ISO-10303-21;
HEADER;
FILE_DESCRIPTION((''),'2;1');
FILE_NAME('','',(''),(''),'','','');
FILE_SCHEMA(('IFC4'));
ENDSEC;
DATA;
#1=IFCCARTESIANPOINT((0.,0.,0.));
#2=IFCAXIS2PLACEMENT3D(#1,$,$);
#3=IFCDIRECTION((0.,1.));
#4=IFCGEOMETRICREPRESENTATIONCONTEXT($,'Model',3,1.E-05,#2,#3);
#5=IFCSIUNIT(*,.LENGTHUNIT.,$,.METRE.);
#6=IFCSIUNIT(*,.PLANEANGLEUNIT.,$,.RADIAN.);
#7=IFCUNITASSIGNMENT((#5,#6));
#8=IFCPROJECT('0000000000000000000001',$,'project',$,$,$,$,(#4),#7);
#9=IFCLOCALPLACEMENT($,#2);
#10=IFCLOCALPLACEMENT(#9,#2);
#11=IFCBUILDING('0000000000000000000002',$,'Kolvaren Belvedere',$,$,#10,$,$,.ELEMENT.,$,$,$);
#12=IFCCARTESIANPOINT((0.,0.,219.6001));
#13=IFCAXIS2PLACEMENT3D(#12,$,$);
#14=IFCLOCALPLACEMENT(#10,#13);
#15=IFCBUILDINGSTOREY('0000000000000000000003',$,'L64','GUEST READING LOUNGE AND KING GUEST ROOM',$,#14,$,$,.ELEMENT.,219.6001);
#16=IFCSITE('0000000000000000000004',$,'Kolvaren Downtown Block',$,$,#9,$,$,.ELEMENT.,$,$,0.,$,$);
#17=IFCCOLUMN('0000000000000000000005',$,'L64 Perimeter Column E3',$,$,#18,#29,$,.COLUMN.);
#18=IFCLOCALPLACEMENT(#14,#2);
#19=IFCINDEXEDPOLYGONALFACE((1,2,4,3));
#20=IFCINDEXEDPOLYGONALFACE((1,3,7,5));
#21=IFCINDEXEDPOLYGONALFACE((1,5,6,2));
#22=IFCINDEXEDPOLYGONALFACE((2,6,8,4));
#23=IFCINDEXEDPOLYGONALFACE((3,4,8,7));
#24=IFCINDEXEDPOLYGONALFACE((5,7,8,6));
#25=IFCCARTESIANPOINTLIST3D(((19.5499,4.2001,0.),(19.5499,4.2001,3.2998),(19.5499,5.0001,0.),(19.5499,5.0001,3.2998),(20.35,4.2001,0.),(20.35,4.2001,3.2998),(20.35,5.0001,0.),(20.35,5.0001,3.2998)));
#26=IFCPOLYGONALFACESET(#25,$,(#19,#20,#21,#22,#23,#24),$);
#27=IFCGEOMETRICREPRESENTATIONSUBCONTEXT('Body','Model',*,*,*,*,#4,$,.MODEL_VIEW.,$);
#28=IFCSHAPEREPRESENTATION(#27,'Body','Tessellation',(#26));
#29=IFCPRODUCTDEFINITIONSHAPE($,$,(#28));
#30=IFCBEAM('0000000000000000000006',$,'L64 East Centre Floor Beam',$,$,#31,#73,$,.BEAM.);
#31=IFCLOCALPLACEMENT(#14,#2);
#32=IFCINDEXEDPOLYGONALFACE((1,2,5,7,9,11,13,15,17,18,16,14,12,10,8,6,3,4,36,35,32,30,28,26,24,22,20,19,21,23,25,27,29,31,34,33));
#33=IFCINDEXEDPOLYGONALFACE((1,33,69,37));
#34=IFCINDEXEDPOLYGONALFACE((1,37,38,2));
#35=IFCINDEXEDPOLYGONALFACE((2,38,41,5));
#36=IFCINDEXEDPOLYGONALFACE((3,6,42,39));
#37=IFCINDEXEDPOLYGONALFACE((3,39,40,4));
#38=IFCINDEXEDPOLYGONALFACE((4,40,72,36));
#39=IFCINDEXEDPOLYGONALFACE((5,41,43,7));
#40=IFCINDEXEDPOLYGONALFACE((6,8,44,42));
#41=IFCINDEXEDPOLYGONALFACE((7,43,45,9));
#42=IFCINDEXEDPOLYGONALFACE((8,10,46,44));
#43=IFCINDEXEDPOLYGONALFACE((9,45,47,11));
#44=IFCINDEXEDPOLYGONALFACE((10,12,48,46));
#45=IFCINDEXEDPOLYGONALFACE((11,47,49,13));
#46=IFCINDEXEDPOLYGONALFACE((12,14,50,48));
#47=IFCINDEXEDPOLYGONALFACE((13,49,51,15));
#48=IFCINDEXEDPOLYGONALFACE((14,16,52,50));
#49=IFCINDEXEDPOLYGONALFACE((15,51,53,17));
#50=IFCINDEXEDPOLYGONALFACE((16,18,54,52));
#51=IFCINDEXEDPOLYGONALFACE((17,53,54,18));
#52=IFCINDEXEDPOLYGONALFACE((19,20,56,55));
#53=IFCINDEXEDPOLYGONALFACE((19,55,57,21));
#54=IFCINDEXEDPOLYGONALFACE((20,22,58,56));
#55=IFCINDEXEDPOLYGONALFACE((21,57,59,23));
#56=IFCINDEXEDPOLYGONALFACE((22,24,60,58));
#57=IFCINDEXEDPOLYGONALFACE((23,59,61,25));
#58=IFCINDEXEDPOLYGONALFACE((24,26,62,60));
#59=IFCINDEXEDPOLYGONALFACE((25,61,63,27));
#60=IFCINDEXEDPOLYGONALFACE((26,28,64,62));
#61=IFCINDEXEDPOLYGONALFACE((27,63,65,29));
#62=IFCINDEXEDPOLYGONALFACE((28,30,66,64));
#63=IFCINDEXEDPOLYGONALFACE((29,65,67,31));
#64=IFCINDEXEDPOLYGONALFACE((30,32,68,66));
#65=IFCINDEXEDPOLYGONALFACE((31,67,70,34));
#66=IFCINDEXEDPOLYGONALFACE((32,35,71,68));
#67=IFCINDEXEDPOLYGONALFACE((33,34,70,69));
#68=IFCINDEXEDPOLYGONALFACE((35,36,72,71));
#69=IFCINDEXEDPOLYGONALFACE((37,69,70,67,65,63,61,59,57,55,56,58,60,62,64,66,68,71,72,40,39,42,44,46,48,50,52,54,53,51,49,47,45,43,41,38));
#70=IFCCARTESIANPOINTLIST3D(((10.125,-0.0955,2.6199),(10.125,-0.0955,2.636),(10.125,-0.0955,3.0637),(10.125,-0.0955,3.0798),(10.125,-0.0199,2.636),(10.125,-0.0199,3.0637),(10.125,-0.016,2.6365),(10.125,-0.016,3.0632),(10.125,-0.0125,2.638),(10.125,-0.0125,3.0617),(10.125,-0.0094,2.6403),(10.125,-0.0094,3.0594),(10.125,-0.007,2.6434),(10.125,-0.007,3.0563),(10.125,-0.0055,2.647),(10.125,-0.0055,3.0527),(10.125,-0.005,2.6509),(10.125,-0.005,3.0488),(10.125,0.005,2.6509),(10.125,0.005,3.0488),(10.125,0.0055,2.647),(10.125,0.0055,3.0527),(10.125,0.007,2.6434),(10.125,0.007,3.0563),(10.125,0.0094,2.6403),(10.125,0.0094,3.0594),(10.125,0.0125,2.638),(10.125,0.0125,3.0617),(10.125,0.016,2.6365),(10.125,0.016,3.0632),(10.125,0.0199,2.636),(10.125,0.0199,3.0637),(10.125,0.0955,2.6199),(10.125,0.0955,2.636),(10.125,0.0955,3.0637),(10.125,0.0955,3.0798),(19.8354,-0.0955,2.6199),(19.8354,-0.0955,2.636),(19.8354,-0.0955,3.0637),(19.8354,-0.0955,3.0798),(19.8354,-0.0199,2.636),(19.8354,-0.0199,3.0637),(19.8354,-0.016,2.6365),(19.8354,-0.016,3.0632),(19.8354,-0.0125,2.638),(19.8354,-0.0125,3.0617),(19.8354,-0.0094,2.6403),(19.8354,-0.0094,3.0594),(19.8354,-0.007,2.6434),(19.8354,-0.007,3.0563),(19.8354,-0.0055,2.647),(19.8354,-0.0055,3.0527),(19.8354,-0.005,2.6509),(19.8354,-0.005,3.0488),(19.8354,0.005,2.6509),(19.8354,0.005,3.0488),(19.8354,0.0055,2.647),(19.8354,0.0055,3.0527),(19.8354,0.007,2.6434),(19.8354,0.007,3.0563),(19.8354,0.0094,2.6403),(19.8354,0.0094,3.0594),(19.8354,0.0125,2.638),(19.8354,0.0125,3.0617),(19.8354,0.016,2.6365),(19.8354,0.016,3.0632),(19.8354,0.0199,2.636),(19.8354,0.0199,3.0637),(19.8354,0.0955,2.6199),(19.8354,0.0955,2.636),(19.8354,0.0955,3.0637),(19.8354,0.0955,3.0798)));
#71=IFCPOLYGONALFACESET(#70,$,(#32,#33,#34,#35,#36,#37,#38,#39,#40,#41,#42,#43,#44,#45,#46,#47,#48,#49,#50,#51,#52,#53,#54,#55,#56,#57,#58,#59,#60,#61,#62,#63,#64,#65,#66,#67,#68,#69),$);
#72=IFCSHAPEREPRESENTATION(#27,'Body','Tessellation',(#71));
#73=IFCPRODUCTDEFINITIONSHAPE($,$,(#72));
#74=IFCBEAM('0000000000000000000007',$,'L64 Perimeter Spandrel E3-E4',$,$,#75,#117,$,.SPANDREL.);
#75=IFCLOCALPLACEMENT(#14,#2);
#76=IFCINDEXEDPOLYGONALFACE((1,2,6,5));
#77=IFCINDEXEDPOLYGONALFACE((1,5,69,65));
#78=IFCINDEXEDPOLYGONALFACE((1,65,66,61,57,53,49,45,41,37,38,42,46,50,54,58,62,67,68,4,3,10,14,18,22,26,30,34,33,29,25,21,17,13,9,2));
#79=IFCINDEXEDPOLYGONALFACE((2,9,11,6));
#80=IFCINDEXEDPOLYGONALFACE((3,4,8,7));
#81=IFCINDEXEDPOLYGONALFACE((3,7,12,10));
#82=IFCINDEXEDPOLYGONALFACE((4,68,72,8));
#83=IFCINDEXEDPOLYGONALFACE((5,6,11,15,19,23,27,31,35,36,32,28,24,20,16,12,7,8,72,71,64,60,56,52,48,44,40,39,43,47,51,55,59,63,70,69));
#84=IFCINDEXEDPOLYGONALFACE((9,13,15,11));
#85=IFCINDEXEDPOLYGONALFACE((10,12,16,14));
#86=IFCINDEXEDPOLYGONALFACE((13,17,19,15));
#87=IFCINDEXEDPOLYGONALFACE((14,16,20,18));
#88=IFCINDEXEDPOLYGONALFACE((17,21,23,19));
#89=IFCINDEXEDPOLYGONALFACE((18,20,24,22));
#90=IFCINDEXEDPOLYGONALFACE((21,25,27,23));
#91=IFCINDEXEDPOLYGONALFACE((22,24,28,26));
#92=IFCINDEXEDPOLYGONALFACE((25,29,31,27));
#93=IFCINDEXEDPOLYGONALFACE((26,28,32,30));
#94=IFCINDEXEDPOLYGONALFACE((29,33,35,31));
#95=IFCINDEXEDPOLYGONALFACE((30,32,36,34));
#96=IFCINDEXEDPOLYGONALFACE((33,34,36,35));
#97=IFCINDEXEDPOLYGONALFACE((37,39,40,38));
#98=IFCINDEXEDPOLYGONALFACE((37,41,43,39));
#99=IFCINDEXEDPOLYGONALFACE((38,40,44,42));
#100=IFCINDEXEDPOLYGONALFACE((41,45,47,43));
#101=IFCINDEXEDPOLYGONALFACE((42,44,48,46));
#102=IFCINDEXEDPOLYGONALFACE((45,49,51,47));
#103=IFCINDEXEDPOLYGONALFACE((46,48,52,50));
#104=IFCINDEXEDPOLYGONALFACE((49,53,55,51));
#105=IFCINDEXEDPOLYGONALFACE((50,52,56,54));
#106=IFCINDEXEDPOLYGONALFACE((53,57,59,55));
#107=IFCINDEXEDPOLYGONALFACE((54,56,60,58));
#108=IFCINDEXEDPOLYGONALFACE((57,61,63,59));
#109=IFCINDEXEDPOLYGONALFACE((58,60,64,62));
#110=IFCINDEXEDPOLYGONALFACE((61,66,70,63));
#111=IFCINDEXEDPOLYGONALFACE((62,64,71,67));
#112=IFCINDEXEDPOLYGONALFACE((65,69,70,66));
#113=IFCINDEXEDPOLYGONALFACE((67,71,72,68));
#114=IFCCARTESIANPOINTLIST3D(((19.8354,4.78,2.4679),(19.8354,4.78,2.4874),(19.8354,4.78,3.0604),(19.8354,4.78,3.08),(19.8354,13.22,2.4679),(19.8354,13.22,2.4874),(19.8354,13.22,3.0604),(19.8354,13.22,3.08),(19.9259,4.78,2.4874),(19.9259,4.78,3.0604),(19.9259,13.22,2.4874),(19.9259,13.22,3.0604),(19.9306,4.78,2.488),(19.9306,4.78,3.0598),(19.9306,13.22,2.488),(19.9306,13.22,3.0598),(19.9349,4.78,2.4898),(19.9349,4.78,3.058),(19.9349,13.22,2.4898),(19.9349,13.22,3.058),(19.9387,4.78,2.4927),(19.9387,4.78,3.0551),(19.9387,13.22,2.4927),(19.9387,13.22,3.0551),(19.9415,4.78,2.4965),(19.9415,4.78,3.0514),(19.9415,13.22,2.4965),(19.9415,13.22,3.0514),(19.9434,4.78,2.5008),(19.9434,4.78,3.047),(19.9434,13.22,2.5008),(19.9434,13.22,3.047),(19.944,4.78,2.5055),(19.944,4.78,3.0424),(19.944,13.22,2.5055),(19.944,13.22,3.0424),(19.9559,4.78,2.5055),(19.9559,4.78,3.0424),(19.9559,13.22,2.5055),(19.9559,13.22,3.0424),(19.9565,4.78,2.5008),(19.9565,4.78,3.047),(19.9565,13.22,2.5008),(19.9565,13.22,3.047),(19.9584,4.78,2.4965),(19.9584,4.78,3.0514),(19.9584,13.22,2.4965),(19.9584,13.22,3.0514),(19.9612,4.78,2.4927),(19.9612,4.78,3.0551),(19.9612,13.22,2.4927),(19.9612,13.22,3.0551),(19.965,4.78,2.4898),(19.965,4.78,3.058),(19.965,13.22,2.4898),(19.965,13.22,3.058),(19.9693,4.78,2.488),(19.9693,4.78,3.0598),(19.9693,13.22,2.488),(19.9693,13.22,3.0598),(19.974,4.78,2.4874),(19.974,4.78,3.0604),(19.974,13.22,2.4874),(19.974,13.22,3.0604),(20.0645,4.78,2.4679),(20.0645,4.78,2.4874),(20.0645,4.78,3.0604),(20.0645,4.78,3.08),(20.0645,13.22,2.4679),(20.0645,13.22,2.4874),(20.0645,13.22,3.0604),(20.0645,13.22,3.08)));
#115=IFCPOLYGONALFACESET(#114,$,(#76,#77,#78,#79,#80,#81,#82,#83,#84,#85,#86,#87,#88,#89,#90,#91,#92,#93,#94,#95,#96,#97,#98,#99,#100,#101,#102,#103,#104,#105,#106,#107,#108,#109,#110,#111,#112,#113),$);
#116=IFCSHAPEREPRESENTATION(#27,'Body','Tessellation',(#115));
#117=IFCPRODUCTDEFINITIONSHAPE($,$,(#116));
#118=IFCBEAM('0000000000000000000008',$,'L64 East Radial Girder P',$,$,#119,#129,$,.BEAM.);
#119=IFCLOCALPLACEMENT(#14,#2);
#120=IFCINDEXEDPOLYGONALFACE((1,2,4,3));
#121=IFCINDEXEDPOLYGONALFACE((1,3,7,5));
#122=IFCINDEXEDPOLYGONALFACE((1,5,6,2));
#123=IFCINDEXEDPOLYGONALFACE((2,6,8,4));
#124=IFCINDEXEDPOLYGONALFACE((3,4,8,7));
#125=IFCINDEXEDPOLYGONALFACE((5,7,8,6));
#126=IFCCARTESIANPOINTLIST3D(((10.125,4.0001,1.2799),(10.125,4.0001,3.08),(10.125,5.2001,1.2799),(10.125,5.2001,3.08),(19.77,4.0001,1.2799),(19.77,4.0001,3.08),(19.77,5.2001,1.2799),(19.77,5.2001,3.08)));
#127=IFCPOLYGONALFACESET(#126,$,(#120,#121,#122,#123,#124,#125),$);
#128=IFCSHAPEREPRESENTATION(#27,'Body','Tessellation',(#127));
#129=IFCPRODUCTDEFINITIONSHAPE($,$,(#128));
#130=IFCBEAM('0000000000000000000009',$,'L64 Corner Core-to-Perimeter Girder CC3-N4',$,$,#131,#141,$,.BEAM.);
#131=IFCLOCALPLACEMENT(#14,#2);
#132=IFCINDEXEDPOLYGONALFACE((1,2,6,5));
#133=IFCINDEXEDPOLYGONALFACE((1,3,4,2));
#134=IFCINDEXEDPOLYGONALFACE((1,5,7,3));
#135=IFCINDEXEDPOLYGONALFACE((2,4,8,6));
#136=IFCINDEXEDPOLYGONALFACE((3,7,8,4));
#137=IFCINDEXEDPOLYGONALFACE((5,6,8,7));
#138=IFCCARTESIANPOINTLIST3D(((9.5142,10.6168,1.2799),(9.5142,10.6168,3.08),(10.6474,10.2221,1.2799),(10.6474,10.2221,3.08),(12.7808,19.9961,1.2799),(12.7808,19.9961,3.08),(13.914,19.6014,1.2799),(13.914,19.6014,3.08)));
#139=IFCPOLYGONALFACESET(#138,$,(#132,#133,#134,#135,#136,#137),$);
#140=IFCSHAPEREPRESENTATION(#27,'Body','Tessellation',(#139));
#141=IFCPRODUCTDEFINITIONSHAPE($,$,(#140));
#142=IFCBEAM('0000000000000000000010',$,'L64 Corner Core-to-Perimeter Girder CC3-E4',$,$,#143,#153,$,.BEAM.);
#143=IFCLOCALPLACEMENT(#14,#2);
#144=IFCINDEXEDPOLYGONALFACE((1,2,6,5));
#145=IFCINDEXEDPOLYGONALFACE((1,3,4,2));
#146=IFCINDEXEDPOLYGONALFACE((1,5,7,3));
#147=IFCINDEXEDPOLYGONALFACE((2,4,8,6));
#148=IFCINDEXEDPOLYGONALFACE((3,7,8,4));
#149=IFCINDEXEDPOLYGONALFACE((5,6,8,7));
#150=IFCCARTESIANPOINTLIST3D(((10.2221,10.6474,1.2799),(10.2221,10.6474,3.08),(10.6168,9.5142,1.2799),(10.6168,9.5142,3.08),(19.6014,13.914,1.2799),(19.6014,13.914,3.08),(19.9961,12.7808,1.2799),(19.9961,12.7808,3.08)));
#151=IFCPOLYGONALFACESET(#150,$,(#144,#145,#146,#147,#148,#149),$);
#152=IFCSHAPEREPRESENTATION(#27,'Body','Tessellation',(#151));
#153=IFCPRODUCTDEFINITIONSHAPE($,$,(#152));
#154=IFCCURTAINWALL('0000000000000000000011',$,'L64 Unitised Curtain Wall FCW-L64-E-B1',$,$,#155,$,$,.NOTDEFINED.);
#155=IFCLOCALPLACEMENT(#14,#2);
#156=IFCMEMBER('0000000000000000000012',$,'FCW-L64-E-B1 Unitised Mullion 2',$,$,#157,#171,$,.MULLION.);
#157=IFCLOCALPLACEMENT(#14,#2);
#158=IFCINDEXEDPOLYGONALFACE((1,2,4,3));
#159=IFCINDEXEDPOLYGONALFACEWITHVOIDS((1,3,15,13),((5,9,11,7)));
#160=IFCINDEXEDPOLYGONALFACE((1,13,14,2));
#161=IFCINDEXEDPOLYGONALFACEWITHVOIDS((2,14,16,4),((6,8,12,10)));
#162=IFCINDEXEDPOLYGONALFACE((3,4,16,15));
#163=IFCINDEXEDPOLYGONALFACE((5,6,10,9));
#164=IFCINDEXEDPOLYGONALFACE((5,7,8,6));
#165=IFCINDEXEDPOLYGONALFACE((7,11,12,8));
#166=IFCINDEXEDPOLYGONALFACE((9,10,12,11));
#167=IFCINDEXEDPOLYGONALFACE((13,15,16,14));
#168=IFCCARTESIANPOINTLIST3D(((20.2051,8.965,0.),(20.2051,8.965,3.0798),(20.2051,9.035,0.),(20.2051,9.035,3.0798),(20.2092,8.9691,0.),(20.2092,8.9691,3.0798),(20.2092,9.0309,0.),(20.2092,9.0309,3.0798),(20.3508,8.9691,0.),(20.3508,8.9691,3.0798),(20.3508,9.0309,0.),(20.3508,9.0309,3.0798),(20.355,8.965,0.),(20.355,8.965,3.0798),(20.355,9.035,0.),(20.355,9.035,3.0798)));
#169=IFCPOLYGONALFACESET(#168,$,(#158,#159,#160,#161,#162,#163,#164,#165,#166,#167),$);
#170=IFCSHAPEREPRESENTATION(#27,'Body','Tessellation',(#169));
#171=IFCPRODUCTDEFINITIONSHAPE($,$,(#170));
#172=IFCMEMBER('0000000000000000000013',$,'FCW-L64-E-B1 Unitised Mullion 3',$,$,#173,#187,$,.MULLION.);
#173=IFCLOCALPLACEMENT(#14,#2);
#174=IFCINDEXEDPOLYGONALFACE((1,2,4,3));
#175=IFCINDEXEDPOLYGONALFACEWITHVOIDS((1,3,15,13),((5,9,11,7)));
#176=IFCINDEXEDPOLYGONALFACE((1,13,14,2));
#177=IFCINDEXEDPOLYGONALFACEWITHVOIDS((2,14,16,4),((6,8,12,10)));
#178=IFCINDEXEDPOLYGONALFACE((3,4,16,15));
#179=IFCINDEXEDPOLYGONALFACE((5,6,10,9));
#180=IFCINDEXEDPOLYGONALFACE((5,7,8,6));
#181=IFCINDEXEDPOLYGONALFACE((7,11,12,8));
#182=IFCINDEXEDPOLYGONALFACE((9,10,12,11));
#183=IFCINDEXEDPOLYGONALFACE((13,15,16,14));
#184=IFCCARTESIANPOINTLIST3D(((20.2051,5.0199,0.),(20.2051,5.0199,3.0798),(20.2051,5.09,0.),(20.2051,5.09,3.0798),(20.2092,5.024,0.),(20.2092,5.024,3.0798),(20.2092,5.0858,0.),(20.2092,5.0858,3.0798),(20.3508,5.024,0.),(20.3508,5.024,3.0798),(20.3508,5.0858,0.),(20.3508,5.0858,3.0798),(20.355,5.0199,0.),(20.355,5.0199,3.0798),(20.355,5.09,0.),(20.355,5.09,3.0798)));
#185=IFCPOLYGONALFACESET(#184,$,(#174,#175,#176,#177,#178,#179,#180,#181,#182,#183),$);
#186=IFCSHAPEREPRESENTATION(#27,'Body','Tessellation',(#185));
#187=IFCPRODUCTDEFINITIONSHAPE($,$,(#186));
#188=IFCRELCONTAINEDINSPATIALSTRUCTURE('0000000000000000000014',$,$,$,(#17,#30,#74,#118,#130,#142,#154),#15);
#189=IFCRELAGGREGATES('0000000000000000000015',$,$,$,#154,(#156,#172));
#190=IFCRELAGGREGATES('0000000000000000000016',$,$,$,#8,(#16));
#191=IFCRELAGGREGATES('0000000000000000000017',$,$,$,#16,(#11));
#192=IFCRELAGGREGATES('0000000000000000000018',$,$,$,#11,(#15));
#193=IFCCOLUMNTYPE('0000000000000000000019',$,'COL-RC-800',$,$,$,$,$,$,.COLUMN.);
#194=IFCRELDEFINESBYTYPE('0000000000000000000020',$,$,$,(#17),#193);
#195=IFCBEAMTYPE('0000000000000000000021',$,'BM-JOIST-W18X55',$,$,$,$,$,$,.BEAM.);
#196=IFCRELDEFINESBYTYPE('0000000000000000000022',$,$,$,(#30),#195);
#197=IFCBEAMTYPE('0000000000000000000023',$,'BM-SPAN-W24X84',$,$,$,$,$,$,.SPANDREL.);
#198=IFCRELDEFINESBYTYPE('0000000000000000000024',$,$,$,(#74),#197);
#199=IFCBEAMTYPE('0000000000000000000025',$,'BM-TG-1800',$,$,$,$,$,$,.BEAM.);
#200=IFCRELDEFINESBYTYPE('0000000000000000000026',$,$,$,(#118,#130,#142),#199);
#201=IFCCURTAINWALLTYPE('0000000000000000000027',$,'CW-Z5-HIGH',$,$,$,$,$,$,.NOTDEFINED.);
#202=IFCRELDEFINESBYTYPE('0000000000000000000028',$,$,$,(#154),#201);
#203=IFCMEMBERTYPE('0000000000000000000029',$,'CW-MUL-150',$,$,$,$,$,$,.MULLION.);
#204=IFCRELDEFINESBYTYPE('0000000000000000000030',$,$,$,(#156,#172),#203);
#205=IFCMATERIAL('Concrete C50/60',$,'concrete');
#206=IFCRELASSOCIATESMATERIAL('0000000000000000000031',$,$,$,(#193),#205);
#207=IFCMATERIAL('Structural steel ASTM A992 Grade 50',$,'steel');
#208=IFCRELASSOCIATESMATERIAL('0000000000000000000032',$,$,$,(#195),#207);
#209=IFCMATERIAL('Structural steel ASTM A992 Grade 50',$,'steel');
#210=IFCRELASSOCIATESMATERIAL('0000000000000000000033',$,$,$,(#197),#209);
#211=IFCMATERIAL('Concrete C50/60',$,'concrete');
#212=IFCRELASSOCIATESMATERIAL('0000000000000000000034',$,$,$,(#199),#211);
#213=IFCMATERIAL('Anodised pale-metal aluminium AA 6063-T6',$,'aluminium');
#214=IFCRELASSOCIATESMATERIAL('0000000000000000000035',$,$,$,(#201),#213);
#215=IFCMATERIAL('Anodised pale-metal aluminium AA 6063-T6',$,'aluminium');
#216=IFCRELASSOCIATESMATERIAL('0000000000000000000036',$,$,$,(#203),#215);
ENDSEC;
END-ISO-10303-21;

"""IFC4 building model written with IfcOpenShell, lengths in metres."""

from ifc_helpers import new_model, si_unit, direction, frame, origin, origin_2d, place, context, subcontext, project, spatial, rectangle, hollow_rectangle, i_section, extrude, material, material_profile, profile_set, type_object, element, aggregate, save


model = new_model("IFC4")

# Units and contexts
model_context = context("Model", 3, precision=1e-05, world=origin(), true_north=direction((0.0, 1.0)))
body_context = subcontext(model_context, "Body", "Model", "MODEL_VIEW")
ifc_project = project(units=[si_unit("LENGTHUNIT", "METRE"), si_unit("PLANEANGLEUNIT", "RADIAN")], contexts=[model_context])

# Site, building, storey
site_placement = place(None, origin())
site = spatial("IfcSite", under=ifc_project, at=site_placement, Name="Kolvaren Downtown Block", CompositionType="ELEMENT", RefElevation=0.0)
building_placement = place(site_placement, origin())
building = spatial("IfcBuilding", under=site, at=building_placement, Name="Kolvaren Belvedere", CompositionType="ELEMENT")
storey_placement = place(building_placement, frame((0.0, 0.0, 219.6001)))
storey = spatial("IfcBuildingStorey", under=building, at=storey_placement, Name="L64", Description="GUEST READING LOUNGE AND KING GUEST ROOM", CompositionType="ELEMENT", Elevation=219.6001)

# Column
ifc_material_1 = material(Name="Concrete C50/60", Category="concrete")
ifc_material_profile_1 = material_profile(ifc_material_1, rectangle(XDim=0.8, YDim=0.8, at=origin_2d()), Name="RC 800X800")
ifc_profile_set_1 = profile_set([ifc_material_profile_1], Name="Concrete C50/60")
column_type = type_object("IfcColumnType", Name="COL-RC-800", PredefinedType="COLUMN", material=ifc_profile_set_1)
column_placement = place(storey_placement, frame((19.95, 4.6001, 0.0), z_axis=(0.0, 0.0, 1.0), x_axis=(1.0, 0.0, 0.0)))
element("IfcColumn", 1, at=column_placement, inside=storey, type_object=column_type, Name="L64 Perimeter Column E3", PredefinedType="COLUMN", context=body_context, shape_type="SweptSolid", body=[
    extrude(rectangle(XDim=0.8, YDim=0.8, at=origin_2d()), origin(), (0.0, 0.0, 1.0), 3.2998),
])

# Beams
ifc_material_2 = material(Name="Structural steel ASTM A992 Grade 50", Category="steel")
ifc_material_profile_2 = material_profile(ifc_material_2, i_section(OverallWidth=0.1909, OverallDepth=0.46, WebThickness=0.01, FlangeThickness=0.0161, FilletRadius=0.0149, at=origin_2d()), Name="W18X55")
ifc_profile_set_2 = profile_set([ifc_material_profile_2], Name="Structural steel ASTM A992 Grade 50")
beam_type_1 = type_object("IfcBeamType", Name="BM-JOIST-W18X55", PredefinedType="BEAM", material=ifc_profile_set_2)
beam_1_placement = place(storey_placement, frame((10.125, 0.0, 2.8499), z_axis=(1.0, 0.0, 0.0), x_axis=(0.0, 1.0, 0.0)))
element("IfcBeam", 2, at=beam_1_placement, inside=storey, type_object=beam_type_1, Name="L64 East Centre Floor Beam", PredefinedType="BEAM", context=body_context, shape_type="SweptSolid", body=[
    extrude(i_section(OverallWidth=0.1909, OverallDepth=0.46, WebThickness=0.01, FlangeThickness=0.0161, FilletRadius=0.0149, at=origin_2d()), origin(), (0.0, 0.0, 1.0), 9.7104),
])
ifc_material_3 = material(Name="Structural steel ASTM A992 Grade 50", Category="steel")
ifc_material_profile_3 = material_profile(ifc_material_3, i_section(OverallWidth=0.229, OverallDepth=0.6121, WebThickness=0.012, FlangeThickness=0.0195, FilletRadius=0.0181, at=origin_2d()), Name="W24X84")
ifc_profile_set_3 = profile_set([ifc_material_profile_3], Name="Structural steel ASTM A992 Grade 50")
beam_type_2 = type_object("IfcBeamType", Name="BM-SPAN-W24X84", PredefinedType="SPANDREL", material=ifc_profile_set_3)
beam_2_placement = place(storey_placement, frame((19.95, 4.78, 2.7739), z_axis=(0.0, 1.0, 0.0), x_axis=(-1.0, 0.0, 0.0)))
element("IfcBeam", 3, at=beam_2_placement, inside=storey, type_object=beam_type_2, Name="L64 Perimeter Spandrel E3-E4", PredefinedType="SPANDREL", context=body_context, shape_type="SweptSolid", body=[
    extrude(i_section(OverallWidth=0.229, OverallDepth=0.6121, WebThickness=0.012, FlangeThickness=0.0195, FilletRadius=0.0181, at=origin_2d()), origin(), (0.0, 0.0, 1.0), 8.4399),
])
ifc_material_4 = material(Name="Concrete C50/60", Category="concrete")
ifc_material_profile_4 = material_profile(ifc_material_4, rectangle(XDim=1.2, YDim=1.8, at=origin_2d()), Name="RC 1200X1800")
ifc_profile_set_4 = profile_set([ifc_material_profile_4], Name="Concrete C50/60")
beam_type_3 = type_object("IfcBeamType", Name="BM-TG-1800", PredefinedType="BEAM", material=ifc_profile_set_4)
beam_3_placement = place(storey_placement, frame((10.125, 4.6001, 2.1799), z_axis=(1.0, 0.0, 0.0), x_axis=(0.0, 1.0, 0.0)))
element("IfcBeam", 4, at=beam_3_placement, inside=storey, type_object=beam_type_3, Name="L64 East Radial Girder P", PredefinedType="BEAM", context=body_context, shape_type="SweptSolid", body=[
    extrude(rectangle(XDim=1.2, YDim=1.8, at=origin_2d()), origin(), (0.0, 0.0, 1.0), 9.645),
])
for number, where, z_axis, x_axis, name in (
    (5, (10.0808, 10.4194, 2.1799), (0.328898, 0.944365, 0.0), (-0.944365, 0.328898, 0.0), "L64 Corner Core-to-Perimeter Girder CC3-N4"),
    (6, (10.4194, 10.0808, 2.1799), (0.944365, 0.328898, 0.0), (-0.328898, 0.944365, 0.0), "L64 Corner Core-to-Perimeter Girder CC3-E4"),
):
    element("IfcBeam", number, at=place(storey_placement, frame(where, z_axis=z_axis, x_axis=x_axis)), inside=storey, type_object=beam_type_3, Name=name, PredefinedType="BEAM", context=body_context, shape_type="SweptSolid", body=[
        extrude(rectangle(XDim=1.2, YDim=1.8, at=origin_2d()), origin(), (0.0, 0.0, 1.0), 9.9319),
    ])

# Curtain wall, members
ifc_material_5 = material(Name="Anodised pale-metal aluminium AA 6063-T6", Category="aluminium")
curtain_wall_type = type_object("IfcCurtainWallType", Name="CW-Z5-HIGH", PredefinedType="NOTDEFINED", material=ifc_material_5)
curtain_wall_1_placement = place(storey_placement, origin())
curtain_wall_1 = element("IfcCurtainWall", 7, at=curtain_wall_1_placement, inside=storey, type_object=curtain_wall_type, Name="L64 Unitised Curtain Wall FCW-L64-E-B1", PredefinedType="NOTDEFINED")
ifc_material_6 = material(Name="Anodised pale-metal aluminium AA 6063-T6", Category="aluminium")
ifc_material_profile_5 = material_profile(ifc_material_6, hollow_rectangle(XDim=0.0701, YDim=0.1499, WallThickness=0.0042, at=origin_2d()), Name="ALU-MUL-150X70")
ifc_profile_set_5 = profile_set([ifc_material_profile_5], Name="Anodised pale-metal aluminium AA 6063-T6")
member_type_1 = type_object("IfcMemberType", Name="CW-MUL-150", PredefinedType="MULLION", material=ifc_profile_set_5)
member_1_placement = place(storey_placement, frame((20.28, 9.0, 0.0), z_axis=(0.0, 0.0, 1.0), x_axis=(0.0, 1.0, 0.0)))
member_1 = element("IfcMember", 8, at=member_1_placement, type_object=member_type_1, Name="FCW-L64-E-B1 Unitised Mullion 2", PredefinedType="MULLION", context=body_context, shape_type="SweptSolid", body=[
    extrude(hollow_rectangle(XDim=0.0701, YDim=0.1499, WallThickness=0.0042, at=origin_2d()), origin(), (0.0, 0.0, 1.0), 3.0798),
])
member_2_placement = place(storey_placement, frame((20.28, 5.0549, 0.0), z_axis=(0.0, 0.0, 1.0), x_axis=(0.0, 1.0, 0.0)))
member_2 = element("IfcMember", 9, at=member_2_placement, type_object=member_type_1, Name="FCW-L64-E-B1 Unitised Mullion 3", PredefinedType="MULLION", context=body_context, shape_type="SweptSolid", body=[
    extrude(hollow_rectangle(XDim=0.0701, YDim=0.1499, WallThickness=0.0042, at=origin_2d()), origin(), (0.0, 0.0, 1.0), 3.0798),
])

aggregate(curtain_wall_1, [member_1, member_2])

save(model, "model.ifc")
